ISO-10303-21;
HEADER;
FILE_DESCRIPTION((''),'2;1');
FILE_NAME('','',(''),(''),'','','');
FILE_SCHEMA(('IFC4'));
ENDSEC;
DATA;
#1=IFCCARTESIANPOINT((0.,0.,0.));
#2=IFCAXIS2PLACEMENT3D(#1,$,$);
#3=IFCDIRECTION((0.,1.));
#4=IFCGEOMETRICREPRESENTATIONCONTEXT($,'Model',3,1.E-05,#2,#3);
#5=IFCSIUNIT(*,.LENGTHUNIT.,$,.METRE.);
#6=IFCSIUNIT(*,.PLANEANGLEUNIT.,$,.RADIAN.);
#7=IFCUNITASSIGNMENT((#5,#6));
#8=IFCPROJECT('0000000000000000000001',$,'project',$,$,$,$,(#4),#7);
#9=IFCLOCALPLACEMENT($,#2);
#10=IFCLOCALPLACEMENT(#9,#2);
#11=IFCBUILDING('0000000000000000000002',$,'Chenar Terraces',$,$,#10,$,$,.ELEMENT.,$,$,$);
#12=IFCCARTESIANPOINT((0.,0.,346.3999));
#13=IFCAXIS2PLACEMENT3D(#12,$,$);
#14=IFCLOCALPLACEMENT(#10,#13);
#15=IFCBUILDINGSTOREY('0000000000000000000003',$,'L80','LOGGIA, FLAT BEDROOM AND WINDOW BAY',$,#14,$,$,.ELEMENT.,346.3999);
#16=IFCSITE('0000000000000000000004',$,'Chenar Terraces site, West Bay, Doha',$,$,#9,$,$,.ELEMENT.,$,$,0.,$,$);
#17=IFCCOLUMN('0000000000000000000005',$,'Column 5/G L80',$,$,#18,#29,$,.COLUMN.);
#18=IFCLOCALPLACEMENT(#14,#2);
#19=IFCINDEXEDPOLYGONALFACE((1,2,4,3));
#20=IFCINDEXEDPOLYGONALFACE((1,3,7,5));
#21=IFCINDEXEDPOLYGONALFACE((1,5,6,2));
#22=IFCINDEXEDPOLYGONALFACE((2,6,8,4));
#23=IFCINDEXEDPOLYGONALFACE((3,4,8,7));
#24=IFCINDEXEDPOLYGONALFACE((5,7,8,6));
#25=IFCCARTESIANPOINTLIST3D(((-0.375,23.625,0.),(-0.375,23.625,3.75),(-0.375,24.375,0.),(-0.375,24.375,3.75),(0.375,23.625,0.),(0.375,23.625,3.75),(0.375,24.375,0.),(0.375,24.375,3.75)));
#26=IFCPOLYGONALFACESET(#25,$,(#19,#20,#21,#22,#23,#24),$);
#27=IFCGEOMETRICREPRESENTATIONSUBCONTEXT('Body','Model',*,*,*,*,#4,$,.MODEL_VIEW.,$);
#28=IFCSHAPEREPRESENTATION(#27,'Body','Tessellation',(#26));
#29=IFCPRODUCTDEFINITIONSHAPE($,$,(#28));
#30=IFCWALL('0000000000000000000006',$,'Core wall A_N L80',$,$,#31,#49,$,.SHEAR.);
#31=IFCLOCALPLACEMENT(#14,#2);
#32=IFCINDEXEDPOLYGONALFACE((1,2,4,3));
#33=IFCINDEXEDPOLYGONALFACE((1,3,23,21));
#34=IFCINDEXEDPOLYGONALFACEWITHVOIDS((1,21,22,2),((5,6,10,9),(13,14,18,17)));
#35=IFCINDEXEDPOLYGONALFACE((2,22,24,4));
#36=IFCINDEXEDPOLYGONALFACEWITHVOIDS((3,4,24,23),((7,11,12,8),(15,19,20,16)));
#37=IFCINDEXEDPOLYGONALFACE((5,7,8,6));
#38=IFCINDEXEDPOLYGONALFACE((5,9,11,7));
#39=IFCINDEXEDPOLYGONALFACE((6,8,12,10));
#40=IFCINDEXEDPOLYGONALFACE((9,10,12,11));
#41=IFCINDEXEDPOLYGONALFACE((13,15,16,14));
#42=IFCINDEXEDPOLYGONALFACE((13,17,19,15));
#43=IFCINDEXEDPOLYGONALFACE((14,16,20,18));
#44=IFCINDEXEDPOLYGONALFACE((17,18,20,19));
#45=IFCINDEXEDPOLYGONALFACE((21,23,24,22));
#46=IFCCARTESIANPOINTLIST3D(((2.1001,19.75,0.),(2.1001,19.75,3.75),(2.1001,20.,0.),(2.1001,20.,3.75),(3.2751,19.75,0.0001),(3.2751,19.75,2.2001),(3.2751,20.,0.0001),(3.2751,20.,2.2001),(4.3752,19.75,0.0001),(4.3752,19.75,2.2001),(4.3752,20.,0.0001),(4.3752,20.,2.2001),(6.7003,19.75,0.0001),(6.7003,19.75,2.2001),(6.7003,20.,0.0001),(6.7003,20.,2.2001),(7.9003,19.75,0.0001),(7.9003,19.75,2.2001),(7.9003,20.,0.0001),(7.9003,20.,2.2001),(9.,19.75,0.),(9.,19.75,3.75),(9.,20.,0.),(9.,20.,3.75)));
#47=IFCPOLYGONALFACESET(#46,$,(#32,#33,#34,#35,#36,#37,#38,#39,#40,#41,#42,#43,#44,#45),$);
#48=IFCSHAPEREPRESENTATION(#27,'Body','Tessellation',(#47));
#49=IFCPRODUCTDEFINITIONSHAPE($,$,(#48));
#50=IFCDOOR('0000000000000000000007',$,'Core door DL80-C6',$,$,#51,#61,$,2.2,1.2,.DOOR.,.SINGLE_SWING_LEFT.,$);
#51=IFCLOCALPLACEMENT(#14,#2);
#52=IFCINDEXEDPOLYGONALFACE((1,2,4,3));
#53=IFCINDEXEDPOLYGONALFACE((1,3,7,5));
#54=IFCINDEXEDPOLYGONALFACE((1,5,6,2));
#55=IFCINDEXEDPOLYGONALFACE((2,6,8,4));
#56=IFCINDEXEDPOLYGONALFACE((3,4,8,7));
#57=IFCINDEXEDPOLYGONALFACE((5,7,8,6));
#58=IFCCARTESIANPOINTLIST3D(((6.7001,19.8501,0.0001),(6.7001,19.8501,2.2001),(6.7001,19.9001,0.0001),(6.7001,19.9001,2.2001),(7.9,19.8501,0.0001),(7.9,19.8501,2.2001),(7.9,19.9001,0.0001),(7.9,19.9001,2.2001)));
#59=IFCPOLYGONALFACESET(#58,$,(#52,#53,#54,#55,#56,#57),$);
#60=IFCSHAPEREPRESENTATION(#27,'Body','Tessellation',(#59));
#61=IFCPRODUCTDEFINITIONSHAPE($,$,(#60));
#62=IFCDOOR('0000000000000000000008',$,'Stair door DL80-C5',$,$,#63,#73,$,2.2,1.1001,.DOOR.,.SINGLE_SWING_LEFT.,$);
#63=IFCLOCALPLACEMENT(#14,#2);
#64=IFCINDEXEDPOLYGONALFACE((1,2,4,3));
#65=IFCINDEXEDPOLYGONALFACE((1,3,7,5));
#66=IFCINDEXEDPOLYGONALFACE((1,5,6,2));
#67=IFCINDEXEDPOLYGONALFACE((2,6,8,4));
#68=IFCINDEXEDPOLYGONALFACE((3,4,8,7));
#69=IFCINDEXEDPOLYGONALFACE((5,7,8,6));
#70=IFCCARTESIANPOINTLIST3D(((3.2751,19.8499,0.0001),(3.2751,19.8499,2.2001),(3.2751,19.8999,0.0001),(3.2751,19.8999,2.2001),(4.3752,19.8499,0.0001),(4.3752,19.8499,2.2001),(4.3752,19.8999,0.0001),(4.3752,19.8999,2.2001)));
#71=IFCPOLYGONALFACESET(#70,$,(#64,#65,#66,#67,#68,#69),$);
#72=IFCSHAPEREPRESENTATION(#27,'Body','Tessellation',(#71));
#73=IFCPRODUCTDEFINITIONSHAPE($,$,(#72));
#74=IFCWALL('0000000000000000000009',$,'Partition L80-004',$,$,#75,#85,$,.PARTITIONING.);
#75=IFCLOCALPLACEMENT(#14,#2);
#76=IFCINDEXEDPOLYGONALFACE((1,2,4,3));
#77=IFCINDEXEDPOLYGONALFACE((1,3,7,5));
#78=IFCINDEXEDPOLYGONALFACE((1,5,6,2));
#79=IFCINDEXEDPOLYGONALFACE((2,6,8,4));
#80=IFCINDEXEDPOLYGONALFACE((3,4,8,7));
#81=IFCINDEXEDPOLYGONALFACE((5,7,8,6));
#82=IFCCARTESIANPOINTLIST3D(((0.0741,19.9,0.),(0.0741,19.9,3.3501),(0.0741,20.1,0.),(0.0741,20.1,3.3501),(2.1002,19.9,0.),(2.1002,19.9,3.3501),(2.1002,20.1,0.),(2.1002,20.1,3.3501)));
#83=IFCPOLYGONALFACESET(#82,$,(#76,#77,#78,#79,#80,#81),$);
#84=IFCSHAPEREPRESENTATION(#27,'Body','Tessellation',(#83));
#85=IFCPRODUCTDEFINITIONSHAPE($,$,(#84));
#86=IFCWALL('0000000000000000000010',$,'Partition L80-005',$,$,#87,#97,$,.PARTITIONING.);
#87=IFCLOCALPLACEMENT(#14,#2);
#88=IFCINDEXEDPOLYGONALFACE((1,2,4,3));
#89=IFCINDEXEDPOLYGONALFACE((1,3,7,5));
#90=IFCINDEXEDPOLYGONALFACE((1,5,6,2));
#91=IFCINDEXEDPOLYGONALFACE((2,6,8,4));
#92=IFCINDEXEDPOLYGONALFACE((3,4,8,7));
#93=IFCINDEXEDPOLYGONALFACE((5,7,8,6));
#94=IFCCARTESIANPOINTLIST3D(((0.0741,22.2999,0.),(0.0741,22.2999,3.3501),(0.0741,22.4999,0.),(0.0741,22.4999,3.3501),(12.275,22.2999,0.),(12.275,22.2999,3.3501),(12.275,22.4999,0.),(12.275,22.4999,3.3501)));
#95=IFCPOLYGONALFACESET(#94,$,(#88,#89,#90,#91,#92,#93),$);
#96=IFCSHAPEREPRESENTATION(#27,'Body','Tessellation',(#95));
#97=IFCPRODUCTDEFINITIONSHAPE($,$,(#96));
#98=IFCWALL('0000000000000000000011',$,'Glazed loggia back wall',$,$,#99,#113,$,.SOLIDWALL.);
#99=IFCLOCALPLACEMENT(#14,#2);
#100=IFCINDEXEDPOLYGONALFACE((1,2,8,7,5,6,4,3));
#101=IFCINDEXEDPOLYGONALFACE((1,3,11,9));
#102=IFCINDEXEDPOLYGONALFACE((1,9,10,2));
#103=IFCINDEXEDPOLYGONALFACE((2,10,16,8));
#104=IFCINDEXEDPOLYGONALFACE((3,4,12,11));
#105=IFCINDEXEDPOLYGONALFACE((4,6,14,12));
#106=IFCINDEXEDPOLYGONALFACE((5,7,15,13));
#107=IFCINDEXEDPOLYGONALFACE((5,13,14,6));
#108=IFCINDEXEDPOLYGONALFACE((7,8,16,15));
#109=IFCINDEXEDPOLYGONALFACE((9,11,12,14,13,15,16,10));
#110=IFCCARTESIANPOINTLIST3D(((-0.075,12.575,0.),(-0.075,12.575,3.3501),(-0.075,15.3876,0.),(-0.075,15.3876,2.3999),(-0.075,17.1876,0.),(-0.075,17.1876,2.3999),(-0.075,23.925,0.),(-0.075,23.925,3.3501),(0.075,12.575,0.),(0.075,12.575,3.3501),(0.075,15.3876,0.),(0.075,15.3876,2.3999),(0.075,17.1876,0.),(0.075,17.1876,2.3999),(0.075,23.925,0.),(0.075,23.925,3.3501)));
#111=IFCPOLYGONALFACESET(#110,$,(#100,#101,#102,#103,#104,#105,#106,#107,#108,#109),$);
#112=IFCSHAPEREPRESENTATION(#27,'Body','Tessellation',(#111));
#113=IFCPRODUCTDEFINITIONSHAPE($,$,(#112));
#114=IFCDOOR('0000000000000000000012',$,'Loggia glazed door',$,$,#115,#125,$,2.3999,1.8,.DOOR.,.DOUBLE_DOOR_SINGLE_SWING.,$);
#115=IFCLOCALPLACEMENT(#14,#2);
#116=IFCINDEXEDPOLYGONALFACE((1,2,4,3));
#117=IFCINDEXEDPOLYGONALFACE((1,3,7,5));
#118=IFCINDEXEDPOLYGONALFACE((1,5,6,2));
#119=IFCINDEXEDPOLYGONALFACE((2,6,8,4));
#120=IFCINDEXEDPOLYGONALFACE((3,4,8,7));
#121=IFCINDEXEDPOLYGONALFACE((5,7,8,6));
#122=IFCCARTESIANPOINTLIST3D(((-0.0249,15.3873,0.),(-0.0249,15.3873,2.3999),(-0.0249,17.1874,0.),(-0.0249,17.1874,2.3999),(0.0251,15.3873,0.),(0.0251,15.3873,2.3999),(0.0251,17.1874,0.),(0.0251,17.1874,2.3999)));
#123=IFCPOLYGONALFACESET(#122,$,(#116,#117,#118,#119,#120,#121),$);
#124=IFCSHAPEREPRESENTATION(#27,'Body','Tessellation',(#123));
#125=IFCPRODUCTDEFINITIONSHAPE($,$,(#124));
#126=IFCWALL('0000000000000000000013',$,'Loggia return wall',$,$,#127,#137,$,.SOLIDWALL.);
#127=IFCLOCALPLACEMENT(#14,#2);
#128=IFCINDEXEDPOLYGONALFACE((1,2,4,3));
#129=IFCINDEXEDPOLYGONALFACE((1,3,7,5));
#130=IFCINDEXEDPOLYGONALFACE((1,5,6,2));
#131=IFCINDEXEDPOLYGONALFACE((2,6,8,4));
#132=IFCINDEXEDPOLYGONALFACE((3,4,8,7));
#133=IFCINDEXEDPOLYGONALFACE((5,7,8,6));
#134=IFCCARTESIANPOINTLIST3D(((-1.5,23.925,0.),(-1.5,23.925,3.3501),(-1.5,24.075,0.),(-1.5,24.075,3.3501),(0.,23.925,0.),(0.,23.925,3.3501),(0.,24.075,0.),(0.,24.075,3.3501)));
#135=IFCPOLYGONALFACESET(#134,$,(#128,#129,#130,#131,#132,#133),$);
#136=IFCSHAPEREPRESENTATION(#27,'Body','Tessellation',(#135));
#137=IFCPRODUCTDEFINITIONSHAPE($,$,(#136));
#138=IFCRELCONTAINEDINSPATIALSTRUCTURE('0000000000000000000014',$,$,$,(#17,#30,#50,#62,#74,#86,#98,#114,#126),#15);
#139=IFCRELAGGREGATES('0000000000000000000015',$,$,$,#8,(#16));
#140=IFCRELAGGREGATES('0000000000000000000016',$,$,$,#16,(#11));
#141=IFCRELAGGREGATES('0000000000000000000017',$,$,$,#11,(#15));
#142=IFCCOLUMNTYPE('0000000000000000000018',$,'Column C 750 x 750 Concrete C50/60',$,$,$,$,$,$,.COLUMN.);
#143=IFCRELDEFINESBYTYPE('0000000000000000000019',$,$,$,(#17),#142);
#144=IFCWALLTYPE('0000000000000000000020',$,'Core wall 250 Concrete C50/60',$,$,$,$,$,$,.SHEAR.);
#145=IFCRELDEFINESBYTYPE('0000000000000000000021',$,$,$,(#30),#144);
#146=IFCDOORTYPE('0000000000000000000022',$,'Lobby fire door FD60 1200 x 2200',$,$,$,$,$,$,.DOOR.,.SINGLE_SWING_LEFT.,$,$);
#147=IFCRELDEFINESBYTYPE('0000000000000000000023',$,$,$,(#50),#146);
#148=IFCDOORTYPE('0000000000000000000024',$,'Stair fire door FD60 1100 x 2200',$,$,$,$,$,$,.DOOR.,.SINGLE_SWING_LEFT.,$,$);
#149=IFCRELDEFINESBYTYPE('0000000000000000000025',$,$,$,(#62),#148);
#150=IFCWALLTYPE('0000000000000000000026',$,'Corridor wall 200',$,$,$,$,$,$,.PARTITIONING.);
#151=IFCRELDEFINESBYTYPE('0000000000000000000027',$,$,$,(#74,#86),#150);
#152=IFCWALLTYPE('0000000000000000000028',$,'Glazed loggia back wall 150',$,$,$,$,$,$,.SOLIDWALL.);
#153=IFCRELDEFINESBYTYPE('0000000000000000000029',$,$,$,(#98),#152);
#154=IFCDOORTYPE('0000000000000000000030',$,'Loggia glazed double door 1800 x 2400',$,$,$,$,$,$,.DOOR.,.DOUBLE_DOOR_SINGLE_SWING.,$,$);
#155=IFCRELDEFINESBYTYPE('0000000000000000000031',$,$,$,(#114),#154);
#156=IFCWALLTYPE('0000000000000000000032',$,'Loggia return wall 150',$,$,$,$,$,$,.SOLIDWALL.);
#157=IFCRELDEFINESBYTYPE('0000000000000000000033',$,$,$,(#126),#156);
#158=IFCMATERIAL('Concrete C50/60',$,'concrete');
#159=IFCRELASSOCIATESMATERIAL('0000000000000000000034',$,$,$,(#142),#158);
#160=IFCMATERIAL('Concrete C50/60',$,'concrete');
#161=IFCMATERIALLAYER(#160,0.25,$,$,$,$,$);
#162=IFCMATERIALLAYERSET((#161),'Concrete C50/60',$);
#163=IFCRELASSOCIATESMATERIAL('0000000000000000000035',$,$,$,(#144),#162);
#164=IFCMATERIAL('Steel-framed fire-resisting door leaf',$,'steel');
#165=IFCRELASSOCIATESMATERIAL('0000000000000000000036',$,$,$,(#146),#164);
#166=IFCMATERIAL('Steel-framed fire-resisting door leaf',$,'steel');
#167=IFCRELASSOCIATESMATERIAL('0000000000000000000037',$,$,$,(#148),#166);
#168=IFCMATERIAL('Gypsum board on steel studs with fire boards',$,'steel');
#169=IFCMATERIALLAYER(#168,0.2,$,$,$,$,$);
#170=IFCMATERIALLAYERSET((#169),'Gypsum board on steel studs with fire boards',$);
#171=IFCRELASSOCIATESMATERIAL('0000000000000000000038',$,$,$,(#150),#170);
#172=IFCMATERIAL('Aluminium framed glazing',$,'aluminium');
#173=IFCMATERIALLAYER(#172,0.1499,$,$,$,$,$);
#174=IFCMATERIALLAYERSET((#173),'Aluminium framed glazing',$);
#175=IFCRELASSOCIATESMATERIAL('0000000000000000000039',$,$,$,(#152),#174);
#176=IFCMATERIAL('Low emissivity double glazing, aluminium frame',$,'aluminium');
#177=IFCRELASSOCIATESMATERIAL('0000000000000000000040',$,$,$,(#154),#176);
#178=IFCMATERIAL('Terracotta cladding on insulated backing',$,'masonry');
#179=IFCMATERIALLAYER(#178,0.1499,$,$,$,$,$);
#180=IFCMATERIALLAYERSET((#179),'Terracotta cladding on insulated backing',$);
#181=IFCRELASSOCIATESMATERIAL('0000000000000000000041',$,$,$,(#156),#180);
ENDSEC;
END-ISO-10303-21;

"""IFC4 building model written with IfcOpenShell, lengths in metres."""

from ifc_helpers import new_model, si_unit, direction, frame, frame_2d, origin, origin_2d, place, context, subcontext, project, spatial, rectangle, extrude, material, layer, layer_set, material_profile, profile_set, type_object, element, fill, save


model = new_model("IFC4")

# Units and contexts
model_context = context("Model", 3, precision=1e-05, world=origin(), true_north=direction((0.0, 1.0)))
body_context = subcontext(model_context, "Body", "Model", "MODEL_VIEW")
ifc_project = project(units=[si_unit("LENGTHUNIT", "METRE"), si_unit("PLANEANGLEUNIT", "RADIAN")], contexts=[model_context])

# Site, building, storey
site_placement = place(None, origin())
site = spatial("IfcSite", under=ifc_project, at=site_placement, Name="Chenar Terraces site, West Bay, Doha", CompositionType="ELEMENT", RefElevation=0.0)
building_placement = place(site_placement, origin())
building = spatial("IfcBuilding", under=site, at=building_placement, Name="Chenar Terraces", CompositionType="ELEMENT")
storey_placement = place(building_placement, frame((0.0, 0.0, 346.3999)))
storey = spatial("IfcBuildingStorey", under=building, at=storey_placement, Name="L80", Description="LOGGIA, FLAT BEDROOM AND WINDOW BAY", CompositionType="ELEMENT", Elevation=346.3999)

# Column
ifc_material_1 = material(Name="Concrete C50/60", Category="concrete")
ifc_material_profile_1 = material_profile(ifc_material_1, rectangle(XDim=0.75, YDim=0.75, at=origin_2d()), Name="C 750 x 750")
ifc_profile_set_1 = profile_set([ifc_material_profile_1], Name="Concrete C50/60")
column_type = type_object("IfcColumnType", Name="Column C 750 x 750 Concrete C50/60", PredefinedType="COLUMN", material=ifc_profile_set_1)
column_placement = place(storey_placement, frame((0.0, 24.0, 0.0), z_axis=(0.0, 0.0, 1.0), x_axis=(1.0, 0.0, 0.0)))
element("IfcColumn", 1, at=column_placement, inside=storey, type_object=column_type, Name="Column 5/G L80", PredefinedType="COLUMN", context=body_context, shape_type="SweptSolid", body=[
    extrude(rectangle(XDim=0.75, YDim=0.75, at=origin_2d()), origin(), (0.0, 0.0, 1.0), 3.75),
])

# Wall, openings, doors
ifc_material_2 = material(Name="Concrete C50/60", Category="concrete")
ifc_layer_1 = layer(ifc_material_2, 0.25)
ifc_layer_set_1 = layer_set([ifc_layer_1], Name="Concrete C50/60")
wall_type_1 = type_object("IfcWallType", Name="Core wall 250 Concrete C50/60", PredefinedType="SHEAR", material=ifc_layer_set_1)
wall_1_placement = place(storey_placement, frame((2.1001, 19.875, 0.0), z_axis=(0.0, 0.0, 1.0), x_axis=(1.0, 0.0, 0.0)))
wall_1 = element("IfcWall", 2, at=wall_1_placement, inside=storey, type_object=wall_type_1, Name="Core wall A_N L80", PredefinedType="SHEAR", context=body_context, shape_type="SweptSolid", body=[
    extrude(rectangle(XDim=6.8999, YDim=0.25, at=frame_2d((3.45, 0.0))), origin(), (0.0, 0.0, 1.0), 3.75),
])
opening_1_placement = place(wall_1_placement, frame((1.175, 0.0, 0.0)))
opening_1 = element("IfcOpeningElement", 3, at=opening_1_placement, cuts=wall_1, PredefinedType="OPENING", context=body_context, shape_type="SweptSolid", body=[
    extrude(rectangle(XDim=1.1001, YDim=2.2, at=frame_2d((0.55, 1.1001))), frame((0.0, 0.135, 0.0), z_axis=(0.0, -1.0, 0.0), x_axis=(1.0, 0.0, 0.0)), (0.0, 0.0, 1.0), 0.27),
])
opening_2_placement = place(wall_1_placement, frame((4.6001, 0.0, 0.0)))
opening_2 = element("IfcOpeningElement", 4, at=opening_2_placement, cuts=wall_1, PredefinedType="OPENING", context=body_context, shape_type="SweptSolid", body=[
    extrude(rectangle(XDim=1.2, YDim=2.2, at=frame_2d((0.6001, 1.1001))), frame((0.0, 0.135, 0.0), z_axis=(0.0, -1.0, 0.0), x_axis=(1.0, 0.0, 0.0)), (0.0, 0.0, 1.0), 0.27),
])
ifc_material_3 = material(Name="Steel-framed fire-resisting door leaf", Category="steel")
door_type_1 = type_object("IfcDoorType", Name="Lobby fire door FD60 1200 x 2200", OperationType="SINGLE_SWING_LEFT", PredefinedType="DOOR", material=ifc_material_3)
door_1_placement = place(opening_2_placement, frame((1.2, 0.0, 0.0), z_axis=(0.0, 0.0, 1.0), x_axis=(-1.0, 0.0, 0.0)))
door_1 = element("IfcDoor", 5, at=door_1_placement, inside=storey, type_object=door_type_1, Name="Core door DL80-C6", OperationType="SINGLE_SWING_LEFT", OverallHeight=2.2, OverallWidth=1.2, PredefinedType="DOOR", context=body_context, shape_type="SweptSolid", body=[
    extrude(rectangle(XDim=1.2, YDim=2.2, at=frame_2d((0.6001, 1.1001))), frame((0.0, 0.0249, 0.0), z_axis=(0.0, -1.0, 0.0), x_axis=(1.0, 0.0, 0.0)), (0.0, 0.0, 1.0), 0.05),
])
fill(opening_2, door_1)
ifc_material_4 = material(Name="Steel-framed fire-resisting door leaf", Category="steel")
door_type_2 = type_object("IfcDoorType", Name="Stair fire door FD60 1100 x 2200", OperationType="SINGLE_SWING_LEFT", PredefinedType="DOOR", material=ifc_material_4)
door_2_placement = place(opening_1_placement, origin())
door_2 = element("IfcDoor", 6, at=door_2_placement, inside=storey, type_object=door_type_2, Name="Stair door DL80-C5", OperationType="SINGLE_SWING_LEFT", OverallHeight=2.2, OverallWidth=1.1001, PredefinedType="DOOR", context=body_context, shape_type="SweptSolid", body=[
    extrude(rectangle(XDim=1.1001, YDim=2.2, at=frame_2d((0.55, 1.1001))), frame((0.0, 0.0249, 0.0), z_axis=(0.0, -1.0, 0.0), x_axis=(1.0, 0.0, 0.0)), (0.0, 0.0, 1.0), 0.05),
])
fill(opening_1, door_2)

# Walls
ifc_material_5 = material(Name="Gypsum board on steel studs with fire boards", Category="steel")
ifc_layer_2 = layer(ifc_material_5, 0.2)
ifc_layer_set_2 = layer_set([ifc_layer_2], Name="Gypsum board on steel studs with fire boards")
wall_type_2 = type_object("IfcWallType", Name="Corridor wall 200", PredefinedType="PARTITIONING", material=ifc_layer_set_2)
wall_2_placement = place(storey_placement, frame((0.074, 20.0, 0.0), z_axis=(0.0, 0.0, 1.0), x_axis=(1.0, 0.0, 0.0)))
element("IfcWall", 7, at=wall_2_placement, inside=storey, type_object=wall_type_2, Name="Partition L80-004", PredefinedType="PARTITIONING", context=body_context, shape_type="SweptSolid", body=[
    extrude(rectangle(XDim=2.0261, YDim=0.2, at=frame_2d((1.0132, 0.0))), origin(), (0.0, 0.0, 1.0), 3.3501),
])
wall_3_placement = place(storey_placement, frame((0.074, 22.3999, 0.0), z_axis=(0.0, 0.0, 1.0), x_axis=(1.0, 0.0, 0.0)))
element("IfcWall", 8, at=wall_3_placement, inside=storey, type_object=wall_type_2, Name="Partition L80-005", PredefinedType="PARTITIONING", context=body_context, shape_type="SweptSolid", body=[
    extrude(rectangle(XDim=12.2009, YDim=0.2, at=frame_2d((6.1006, 0.0))), origin(), (0.0, 0.0, 1.0), 3.3501),
])

# Wall, opening, door
ifc_material_6 = material(Name="Aluminium framed glazing", Category="aluminium")
ifc_layer_3 = layer(ifc_material_6, 0.1499)
ifc_layer_set_3 = layer_set([ifc_layer_3], Name="Aluminium framed glazing")
wall_type_3 = type_object("IfcWallType", Name="Glazed loggia back wall 150", PredefinedType="SOLIDWALL", material=ifc_layer_set_3)
wall_4_placement = place(storey_placement, frame((0.0, 23.925, 0.0), z_axis=(0.0, 0.0, 1.0), x_axis=(0.0, -1.0, 0.0)))
wall_4 = element("IfcWall", 9, at=wall_4_placement, inside=storey, type_object=wall_type_3, Name="Glazed loggia back wall", PredefinedType="SOLIDWALL", context=body_context, shape_type="SweptSolid", body=[
    extrude(rectangle(XDim=11.3501, YDim=0.1499, at=frame_2d((5.675, 0.0))), origin(), (0.0, 0.0, 1.0), 3.3501),
])
opening_3_placement = place(wall_4_placement, frame((6.7375, 0.0, 0.0)))
opening_3 = element("IfcOpeningElement", 10, at=opening_3_placement, cuts=wall_4, PredefinedType="OPENING", context=body_context, shape_type="SweptSolid", body=[
    extrude(rectangle(XDim=1.8, YDim=2.3999, at=frame_2d((0.8999, 1.2))), frame((0.0, 0.085, 0.0), z_axis=(0.0, -1.0, 0.0), x_axis=(1.0, 0.0, 0.0)), (0.0, 0.0, 1.0), 0.1699),
])
ifc_material_7 = material(Name="Low emissivity double glazing, aluminium frame", Category="aluminium")
door_type_3 = type_object("IfcDoorType", Name="Loggia glazed double door 1800 x 2400", OperationType="DOUBLE_DOOR_SINGLE_SWING", PredefinedType="DOOR", material=ifc_material_7)
door_3_placement = place(opening_3_placement, frame((1.8, 0.0, 0.0), z_axis=(0.0, 0.0, 1.0), x_axis=(-1.0, 0.0, 0.0)))
door_3 = element("IfcDoor", 11, at=door_3_placement, inside=storey, type_object=door_type_3, Name="Loggia glazed door", OperationType="DOUBLE_DOOR_SINGLE_SWING", OverallHeight=2.3999, OverallWidth=1.8, PredefinedType="DOOR", context=body_context, shape_type="SweptSolid", body=[
    extrude(rectangle(XDim=1.8, YDim=2.3999, at=frame_2d((0.8999, 1.2))), frame((0.0, 0.0249, 0.0), z_axis=(0.0, -1.0, 0.0), x_axis=(1.0, 0.0, 0.0)), (0.0, 0.0, 1.0), 0.05),
])
fill(opening_3, door_3)

# Wall
ifc_material_8 = material(Name="Terracotta cladding on insulated backing", Category="masonry")
ifc_layer_4 = layer(ifc_material_8, 0.1499)
ifc_layer_set_4 = layer_set([ifc_layer_4], Name="Terracotta cladding on insulated backing")
wall_type_4 = type_object("IfcWallType", Name="Loggia return wall 150", PredefinedType="SOLIDWALL", material=ifc_layer_set_4)
wall_5_placement = place(storey_placement, frame((-1.5, 24.0, 0.0), z_axis=(0.0, 0.0, 1.0), x_axis=(1.0, 0.0, 0.0)))
element("IfcWall", 12, at=wall_5_placement, inside=storey, type_object=wall_type_4, Name="Loggia return wall", PredefinedType="SOLIDWALL", context=body_context, shape_type="SweptSolid", body=[
    extrude(rectangle(XDim=1.5, YDim=0.1499, at=frame_2d((0.75, 0.0))), origin(), (0.0, 0.0, 1.0), 3.3501),
])

save(model, "model.ifc")
